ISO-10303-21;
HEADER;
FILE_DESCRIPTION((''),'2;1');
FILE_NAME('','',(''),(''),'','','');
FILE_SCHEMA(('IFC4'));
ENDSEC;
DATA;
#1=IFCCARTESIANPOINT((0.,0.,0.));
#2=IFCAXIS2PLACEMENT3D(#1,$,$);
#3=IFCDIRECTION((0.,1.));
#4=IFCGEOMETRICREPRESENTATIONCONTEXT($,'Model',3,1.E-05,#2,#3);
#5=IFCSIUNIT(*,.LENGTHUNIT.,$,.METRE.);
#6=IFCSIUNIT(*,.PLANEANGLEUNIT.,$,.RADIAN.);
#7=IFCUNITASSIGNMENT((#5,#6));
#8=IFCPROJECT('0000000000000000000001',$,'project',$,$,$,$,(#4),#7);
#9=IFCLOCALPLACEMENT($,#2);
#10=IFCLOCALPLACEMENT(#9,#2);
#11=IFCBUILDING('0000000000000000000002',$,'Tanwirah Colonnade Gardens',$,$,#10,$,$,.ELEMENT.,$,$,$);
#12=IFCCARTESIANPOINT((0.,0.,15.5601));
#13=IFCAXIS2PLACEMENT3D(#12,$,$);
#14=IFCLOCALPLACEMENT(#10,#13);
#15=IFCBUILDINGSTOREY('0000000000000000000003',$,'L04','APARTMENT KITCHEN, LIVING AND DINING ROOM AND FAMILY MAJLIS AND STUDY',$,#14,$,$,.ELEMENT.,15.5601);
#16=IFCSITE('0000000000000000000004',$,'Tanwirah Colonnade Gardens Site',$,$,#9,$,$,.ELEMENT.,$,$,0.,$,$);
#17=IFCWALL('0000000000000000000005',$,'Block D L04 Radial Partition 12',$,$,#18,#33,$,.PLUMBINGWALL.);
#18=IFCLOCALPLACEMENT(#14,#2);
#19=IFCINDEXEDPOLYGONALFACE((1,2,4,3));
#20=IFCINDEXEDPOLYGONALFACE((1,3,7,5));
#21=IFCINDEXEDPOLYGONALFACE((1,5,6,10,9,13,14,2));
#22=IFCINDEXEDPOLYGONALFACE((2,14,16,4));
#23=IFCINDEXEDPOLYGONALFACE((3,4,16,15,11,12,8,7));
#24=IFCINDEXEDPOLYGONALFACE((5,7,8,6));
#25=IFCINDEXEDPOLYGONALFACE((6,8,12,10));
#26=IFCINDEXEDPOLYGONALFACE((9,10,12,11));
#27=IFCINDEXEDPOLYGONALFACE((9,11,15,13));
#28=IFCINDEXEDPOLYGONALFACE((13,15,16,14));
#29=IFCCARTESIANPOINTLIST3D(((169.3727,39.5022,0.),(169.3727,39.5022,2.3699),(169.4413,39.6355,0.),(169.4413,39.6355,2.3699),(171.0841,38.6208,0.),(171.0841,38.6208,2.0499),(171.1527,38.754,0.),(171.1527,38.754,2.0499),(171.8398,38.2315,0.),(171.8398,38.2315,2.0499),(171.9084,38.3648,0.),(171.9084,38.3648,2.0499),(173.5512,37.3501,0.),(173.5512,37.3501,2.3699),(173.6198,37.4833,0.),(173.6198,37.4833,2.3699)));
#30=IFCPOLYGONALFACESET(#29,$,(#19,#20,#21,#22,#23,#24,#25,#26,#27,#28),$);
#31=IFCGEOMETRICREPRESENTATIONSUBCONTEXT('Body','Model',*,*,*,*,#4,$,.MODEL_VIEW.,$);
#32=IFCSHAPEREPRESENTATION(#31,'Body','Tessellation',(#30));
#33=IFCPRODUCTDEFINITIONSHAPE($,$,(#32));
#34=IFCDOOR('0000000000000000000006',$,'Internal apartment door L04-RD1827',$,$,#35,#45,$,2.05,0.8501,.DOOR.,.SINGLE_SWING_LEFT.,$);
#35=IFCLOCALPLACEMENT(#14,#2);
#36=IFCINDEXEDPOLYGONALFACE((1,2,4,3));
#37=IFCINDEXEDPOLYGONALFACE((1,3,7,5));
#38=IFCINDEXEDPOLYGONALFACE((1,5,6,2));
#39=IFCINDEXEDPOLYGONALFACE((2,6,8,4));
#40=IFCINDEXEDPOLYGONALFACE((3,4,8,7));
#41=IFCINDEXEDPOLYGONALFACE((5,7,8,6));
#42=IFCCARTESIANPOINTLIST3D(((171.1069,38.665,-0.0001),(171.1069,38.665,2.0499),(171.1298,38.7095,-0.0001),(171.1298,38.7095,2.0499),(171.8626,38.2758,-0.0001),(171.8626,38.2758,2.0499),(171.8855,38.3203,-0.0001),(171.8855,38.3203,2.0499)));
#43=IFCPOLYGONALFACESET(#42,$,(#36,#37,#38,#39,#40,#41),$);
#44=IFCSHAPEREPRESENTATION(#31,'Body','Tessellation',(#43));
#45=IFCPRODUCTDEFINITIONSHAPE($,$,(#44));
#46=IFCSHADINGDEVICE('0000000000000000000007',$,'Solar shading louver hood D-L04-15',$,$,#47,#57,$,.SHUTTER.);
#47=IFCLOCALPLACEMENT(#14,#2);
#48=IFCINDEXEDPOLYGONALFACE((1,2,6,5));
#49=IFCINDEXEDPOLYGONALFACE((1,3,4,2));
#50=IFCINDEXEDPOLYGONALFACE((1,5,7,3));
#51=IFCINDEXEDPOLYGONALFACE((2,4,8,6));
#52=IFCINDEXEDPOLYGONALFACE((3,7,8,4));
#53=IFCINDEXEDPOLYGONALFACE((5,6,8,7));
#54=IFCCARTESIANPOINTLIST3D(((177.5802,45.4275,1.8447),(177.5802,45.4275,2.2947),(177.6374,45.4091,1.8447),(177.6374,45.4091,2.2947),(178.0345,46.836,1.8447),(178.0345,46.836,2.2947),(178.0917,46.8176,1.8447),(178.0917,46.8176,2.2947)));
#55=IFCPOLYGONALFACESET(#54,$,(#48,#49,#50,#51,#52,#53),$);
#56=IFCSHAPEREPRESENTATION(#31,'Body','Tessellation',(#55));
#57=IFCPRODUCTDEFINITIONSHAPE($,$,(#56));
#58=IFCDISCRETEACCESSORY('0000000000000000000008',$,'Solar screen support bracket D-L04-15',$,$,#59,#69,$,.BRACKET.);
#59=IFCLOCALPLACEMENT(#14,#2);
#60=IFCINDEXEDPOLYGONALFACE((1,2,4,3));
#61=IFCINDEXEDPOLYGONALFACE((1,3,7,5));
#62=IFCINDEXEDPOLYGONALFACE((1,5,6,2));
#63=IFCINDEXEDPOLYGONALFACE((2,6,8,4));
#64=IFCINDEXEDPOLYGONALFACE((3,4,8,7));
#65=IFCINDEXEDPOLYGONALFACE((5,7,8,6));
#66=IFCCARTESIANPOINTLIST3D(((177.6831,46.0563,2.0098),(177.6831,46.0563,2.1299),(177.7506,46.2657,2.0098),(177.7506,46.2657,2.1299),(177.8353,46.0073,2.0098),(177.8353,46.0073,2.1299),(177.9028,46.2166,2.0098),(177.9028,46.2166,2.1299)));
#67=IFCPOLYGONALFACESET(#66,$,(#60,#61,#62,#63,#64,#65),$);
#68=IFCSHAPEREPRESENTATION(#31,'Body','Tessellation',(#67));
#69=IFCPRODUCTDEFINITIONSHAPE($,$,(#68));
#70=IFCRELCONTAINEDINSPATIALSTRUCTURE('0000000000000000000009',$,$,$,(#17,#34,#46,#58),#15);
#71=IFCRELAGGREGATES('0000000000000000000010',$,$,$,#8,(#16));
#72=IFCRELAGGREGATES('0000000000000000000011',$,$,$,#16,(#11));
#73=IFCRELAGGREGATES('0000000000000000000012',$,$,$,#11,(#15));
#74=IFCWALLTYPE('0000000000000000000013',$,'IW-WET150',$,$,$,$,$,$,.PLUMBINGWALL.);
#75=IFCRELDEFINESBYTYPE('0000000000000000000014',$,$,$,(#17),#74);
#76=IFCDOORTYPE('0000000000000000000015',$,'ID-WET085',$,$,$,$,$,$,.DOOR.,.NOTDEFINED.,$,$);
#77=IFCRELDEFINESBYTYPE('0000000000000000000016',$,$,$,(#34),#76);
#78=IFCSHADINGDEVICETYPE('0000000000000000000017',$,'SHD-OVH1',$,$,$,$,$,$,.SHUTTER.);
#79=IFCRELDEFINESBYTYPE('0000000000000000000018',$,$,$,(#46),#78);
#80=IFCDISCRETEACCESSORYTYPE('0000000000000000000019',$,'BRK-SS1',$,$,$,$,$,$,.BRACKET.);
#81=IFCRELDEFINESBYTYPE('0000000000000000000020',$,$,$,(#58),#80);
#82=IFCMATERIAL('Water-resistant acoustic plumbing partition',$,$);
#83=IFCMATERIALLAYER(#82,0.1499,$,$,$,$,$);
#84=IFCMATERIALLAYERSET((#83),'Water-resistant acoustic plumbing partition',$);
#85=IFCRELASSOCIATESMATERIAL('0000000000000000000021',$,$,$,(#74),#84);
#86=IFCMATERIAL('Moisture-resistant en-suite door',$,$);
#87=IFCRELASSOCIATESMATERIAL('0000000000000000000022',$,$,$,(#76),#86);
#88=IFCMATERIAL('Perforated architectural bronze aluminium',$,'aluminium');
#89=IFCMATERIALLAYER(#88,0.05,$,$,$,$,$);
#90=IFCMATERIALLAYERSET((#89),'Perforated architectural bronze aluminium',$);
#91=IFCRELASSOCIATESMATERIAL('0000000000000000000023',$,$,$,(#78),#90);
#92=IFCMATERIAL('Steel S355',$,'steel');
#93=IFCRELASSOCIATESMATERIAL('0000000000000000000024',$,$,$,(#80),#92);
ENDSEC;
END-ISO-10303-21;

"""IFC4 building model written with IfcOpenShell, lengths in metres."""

from ifc_helpers import new_model, si_unit, direction, frame, frame_2d, origin, origin_2d, place, context, subcontext, project, spatial, rectangle, extrude, material, layer, layer_set, type_object, element, fill, save


model = new_model("IFC4")

# Units and contexts
model_context = context("Model", 3, precision=1e-05, world=origin(), true_north=direction((0.0, 1.0)))
body_context = subcontext(model_context, "Body", "Model", "MODEL_VIEW")
ifc_project = project(units=[si_unit("LENGTHUNIT", "METRE"), si_unit("PLANEANGLEUNIT", "RADIAN")], contexts=[model_context])

# Site, building, storey
site_placement = place(None, origin())
site = spatial("IfcSite", under=ifc_project, at=site_placement, Name="Tanwirah Colonnade Gardens Site", CompositionType="ELEMENT", RefElevation=0.0)
building_placement = place(site_placement, origin())
building = spatial("IfcBuilding", under=site, at=building_placement, Name="Tanwirah Colonnade Gardens", CompositionType="ELEMENT")
storey_placement = place(building_placement, frame((0.0, 0.0, 15.5601)))
storey = spatial("IfcBuildingStorey", under=building, at=storey_placement, Name="L04", Description="APARTMENT KITCHEN, LIVING AND DINING ROOM AND FAMILY MAJLIS AND STUDY", CompositionType="ELEMENT", Elevation=15.5601)

# Wall, opening, door
ifc_material_1 = material(Name="Water-resistant acoustic plumbing partition")
ifc_layer_1 = layer(ifc_material_1, 0.1499)
ifc_layer_set_1 = layer_set([ifc_layer_1], Name="Water-resistant acoustic plumbing partition")
wall_type_1 = type_object("IfcWallType", Name="IW-WET150", PredefinedType="PLUMBINGWALL", material=ifc_layer_set_1)
wall_1_placement = place(storey_placement, frame((169.407, 39.5688, 0.0), z_axis=(0.0, 0.0, 1.0), x_axis=(0.889013, -0.457882, 0.0)))
wall_1 = element("IfcWall", 1, at=wall_1_placement, inside=storey, type_object=wall_type_1, Name="Block D L04 Radial Partition 12", PredefinedType="PLUMBINGWALL", context=body_context, shape_type="SweptSolid", body=[
    extrude(rectangle(XDim=4.7002, YDim=0.1499, at=frame_2d((2.3501, 0.0))), origin(), (0.0, 0.0, 1.0), 2.3699),
])
opening_1_placement = place(wall_1_placement, frame((1.925, 0.0, 0.0)))
opening_1 = element("IfcOpeningElement", 2, at=opening_1_placement, cuts=wall_1, PredefinedType="OPENING", context=body_context, shape_type="SweptSolid", body=[
    extrude(rectangle(XDim=0.8501, YDim=2.05, at=frame_2d((0.425, 1.0249))), frame((0.0, 0.085, 0.0), z_axis=(0.0, -1.0, 0.0), x_axis=(1.0, 0.0, 0.0)), (0.0, 0.0, 1.0), 0.1699),
])
ifc_material_2 = material(Name="Moisture-resistant en-suite door")
door_type_1 = type_object("IfcDoorType", Name="ID-WET085", OperationType="NOTDEFINED", PredefinedType="DOOR", material=ifc_material_2)
door_1_placement = place(opening_1_placement, origin())
door_1 = element("IfcDoor", 3, at=door_1_placement, inside=storey, type_object=door_type_1, Name="Internal apartment door L04-RD1827", OperationType="SINGLE_SWING_LEFT", OverallHeight=2.05, OverallWidth=0.8501, PredefinedType="DOOR", context=body_context, shape_type="SweptSolid", body=[
    extrude(rectangle(XDim=0.8501, YDim=2.05, at=frame_2d((0.425, 1.0249))), frame((0.0, 0.0249, 0.0), z_axis=(0.0, -1.0, 0.0), x_axis=(1.0, 0.0, 0.0)), (0.0, 0.0, 1.0), 0.05),
])
fill(opening_1, door_1)

# Shading device
ifc_material_3 = material(Name="Perforated architectural bronze aluminium", Category="aluminium")
ifc_layer_2 = layer(ifc_material_3, 0.05)
ifc_layer_set_2 = layer_set([ifc_layer_2], Name="Perforated architectural bronze aluminium")
shading_device_type = type_object("IfcShadingDeviceType", Name="SHD-OVH1", PredefinedType="SHUTTER", material=ifc_layer_set_2)
shading_device_placement = place(storey_placement, frame((177.8359, 46.1226, 1.8447), z_axis=(0.0, 0.0, 1.0), x_axis=(0.306943, 0.951728, 0.0)))
element("IfcShadingDevice", 4, at=shading_device_placement, inside=storey, type_object=shading_device_type, Name="Solar shading louver hood D-L04-15", PredefinedType="SHUTTER", context=body_context, shape_type="SweptSolid", body=[
    extrude(rectangle(XDim=1.48, YDim=0.0601, at=origin_2d()), origin(), (0.0, 0.0, 1.0), 0.45),
])

# Discrete accessory
ifc_material_4 = material(Name="Steel S355", Category="steel")
discrete_accessory_type = type_object("IfcDiscreteAccessoryType", Name="BRK-SS1", PredefinedType="BRACKET", material=ifc_material_4)
discrete_accessory_placement = place(storey_placement, frame((177.793, 46.1365, 2.0098), z_axis=(0.0, 0.0, 1.0), x_axis=(0.306943, 0.951728, 0.0)))
element("IfcDiscreteAccessory", 5, at=discrete_accessory_placement, inside=storey, type_object=discrete_accessory_type, Name="Solar screen support bracket D-L04-15", PredefinedType="BRACKET", context=body_context, shape_type="SweptSolid", body=[
    extrude(rectangle(XDim=0.22, YDim=0.1599, at=origin_2d()), origin(), (0.0, 0.0, 1.0), 0.1201),
])

save(model, "model.ifc")
